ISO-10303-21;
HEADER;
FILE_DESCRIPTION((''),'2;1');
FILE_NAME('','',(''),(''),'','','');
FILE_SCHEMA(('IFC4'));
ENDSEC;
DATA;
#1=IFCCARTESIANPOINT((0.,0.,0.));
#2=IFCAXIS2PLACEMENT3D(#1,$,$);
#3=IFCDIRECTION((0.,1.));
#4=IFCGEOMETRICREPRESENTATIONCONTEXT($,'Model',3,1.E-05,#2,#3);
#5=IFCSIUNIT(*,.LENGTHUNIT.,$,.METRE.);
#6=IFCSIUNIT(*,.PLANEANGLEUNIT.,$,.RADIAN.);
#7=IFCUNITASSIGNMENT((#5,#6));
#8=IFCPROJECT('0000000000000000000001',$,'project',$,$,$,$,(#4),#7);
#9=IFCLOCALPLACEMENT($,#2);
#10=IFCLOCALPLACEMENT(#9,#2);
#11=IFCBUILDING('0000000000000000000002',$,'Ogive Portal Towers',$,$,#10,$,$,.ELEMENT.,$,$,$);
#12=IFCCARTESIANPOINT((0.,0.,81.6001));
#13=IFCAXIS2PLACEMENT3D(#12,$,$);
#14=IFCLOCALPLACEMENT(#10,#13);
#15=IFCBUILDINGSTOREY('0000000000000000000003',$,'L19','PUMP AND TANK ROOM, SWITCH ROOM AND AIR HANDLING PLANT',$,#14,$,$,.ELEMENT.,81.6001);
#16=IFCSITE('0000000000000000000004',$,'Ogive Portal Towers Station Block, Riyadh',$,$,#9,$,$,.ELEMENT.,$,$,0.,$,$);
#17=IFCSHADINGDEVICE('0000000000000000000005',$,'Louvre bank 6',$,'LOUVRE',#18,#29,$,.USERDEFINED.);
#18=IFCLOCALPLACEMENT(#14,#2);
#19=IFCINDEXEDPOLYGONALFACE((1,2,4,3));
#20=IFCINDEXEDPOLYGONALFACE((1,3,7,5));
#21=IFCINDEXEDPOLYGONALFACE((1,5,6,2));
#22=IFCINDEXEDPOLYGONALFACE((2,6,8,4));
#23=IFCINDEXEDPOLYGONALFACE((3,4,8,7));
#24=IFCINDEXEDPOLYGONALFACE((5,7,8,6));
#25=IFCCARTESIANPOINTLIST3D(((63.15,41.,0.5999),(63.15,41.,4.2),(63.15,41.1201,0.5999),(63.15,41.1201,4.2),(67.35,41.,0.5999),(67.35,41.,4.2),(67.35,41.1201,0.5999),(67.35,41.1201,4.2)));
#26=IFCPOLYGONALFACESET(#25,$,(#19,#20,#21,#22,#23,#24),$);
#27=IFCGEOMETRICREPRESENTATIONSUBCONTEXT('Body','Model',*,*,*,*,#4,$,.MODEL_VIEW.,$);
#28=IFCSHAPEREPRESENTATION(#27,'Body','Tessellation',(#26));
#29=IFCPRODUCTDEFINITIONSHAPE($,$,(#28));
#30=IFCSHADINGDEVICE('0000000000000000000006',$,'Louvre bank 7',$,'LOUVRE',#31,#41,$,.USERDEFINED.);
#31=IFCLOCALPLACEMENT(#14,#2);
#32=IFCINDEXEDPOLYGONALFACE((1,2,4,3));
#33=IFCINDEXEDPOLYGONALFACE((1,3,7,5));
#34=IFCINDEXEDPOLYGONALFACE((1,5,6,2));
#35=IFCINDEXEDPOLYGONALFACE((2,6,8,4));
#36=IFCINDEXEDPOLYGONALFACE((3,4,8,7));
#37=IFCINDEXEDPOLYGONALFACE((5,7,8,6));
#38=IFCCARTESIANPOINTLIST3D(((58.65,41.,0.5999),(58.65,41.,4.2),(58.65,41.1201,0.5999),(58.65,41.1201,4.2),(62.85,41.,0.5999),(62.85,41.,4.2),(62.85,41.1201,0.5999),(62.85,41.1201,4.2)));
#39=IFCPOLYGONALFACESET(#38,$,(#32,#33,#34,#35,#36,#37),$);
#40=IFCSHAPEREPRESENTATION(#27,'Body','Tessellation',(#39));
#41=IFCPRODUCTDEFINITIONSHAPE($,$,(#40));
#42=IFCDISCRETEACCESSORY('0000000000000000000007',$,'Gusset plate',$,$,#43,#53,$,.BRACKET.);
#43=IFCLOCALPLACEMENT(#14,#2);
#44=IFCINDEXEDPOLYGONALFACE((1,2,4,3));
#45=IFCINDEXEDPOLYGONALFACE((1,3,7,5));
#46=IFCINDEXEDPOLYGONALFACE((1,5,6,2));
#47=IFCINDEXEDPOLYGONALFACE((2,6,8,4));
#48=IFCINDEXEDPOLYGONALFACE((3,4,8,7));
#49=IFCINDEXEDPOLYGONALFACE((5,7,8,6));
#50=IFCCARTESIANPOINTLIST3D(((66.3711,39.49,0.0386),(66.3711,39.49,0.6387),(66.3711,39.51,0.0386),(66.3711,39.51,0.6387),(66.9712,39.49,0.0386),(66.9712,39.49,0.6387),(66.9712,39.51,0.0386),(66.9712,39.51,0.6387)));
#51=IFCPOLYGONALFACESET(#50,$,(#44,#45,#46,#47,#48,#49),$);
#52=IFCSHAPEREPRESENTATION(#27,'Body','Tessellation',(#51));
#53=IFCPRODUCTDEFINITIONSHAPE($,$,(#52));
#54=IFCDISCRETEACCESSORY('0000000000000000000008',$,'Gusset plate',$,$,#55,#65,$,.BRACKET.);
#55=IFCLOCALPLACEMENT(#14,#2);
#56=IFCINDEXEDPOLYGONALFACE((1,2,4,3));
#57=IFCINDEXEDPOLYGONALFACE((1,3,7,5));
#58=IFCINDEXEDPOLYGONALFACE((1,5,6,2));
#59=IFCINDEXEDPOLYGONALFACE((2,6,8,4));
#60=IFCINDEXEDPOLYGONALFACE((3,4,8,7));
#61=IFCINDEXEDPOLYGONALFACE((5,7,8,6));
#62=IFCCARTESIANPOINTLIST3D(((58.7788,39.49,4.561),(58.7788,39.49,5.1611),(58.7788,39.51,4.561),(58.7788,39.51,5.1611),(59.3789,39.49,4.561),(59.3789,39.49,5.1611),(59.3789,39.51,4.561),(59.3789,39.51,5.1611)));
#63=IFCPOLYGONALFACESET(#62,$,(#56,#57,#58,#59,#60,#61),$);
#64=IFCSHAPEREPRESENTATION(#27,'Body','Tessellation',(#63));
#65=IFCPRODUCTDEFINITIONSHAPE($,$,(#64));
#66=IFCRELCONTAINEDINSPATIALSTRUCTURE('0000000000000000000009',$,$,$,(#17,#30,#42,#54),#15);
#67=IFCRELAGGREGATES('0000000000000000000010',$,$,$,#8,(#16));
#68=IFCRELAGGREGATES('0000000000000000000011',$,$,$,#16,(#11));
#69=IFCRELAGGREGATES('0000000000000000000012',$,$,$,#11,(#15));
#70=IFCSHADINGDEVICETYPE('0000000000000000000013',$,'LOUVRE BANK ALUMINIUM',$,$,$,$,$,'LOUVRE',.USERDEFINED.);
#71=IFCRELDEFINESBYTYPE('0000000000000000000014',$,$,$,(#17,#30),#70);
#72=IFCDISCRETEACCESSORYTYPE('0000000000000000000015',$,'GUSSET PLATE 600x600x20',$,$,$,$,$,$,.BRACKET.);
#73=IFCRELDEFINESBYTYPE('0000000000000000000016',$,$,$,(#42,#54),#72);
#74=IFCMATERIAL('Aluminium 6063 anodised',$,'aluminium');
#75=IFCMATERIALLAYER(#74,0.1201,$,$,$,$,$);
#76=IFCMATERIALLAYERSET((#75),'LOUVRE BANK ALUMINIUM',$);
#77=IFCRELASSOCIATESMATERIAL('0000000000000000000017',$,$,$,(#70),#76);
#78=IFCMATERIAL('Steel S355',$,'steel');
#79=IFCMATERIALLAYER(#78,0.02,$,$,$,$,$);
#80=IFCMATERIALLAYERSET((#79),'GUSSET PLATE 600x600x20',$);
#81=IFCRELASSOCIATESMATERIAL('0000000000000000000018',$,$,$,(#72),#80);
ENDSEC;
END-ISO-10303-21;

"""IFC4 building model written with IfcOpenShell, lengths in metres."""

from ifc_helpers import new_model, si_unit, direction, frame, origin, origin_2d, place, context, subcontext, project, spatial, rectangle, extrude, material, layer, layer_set, type_object, element, save


model = new_model("IFC4")

# Units and contexts
model_context = context("Model", 3, precision=1e-05, world=origin(), true_north=direction((0.0, 1.0)))
body_context = subcontext(model_context, "Body", "Model", "MODEL_VIEW")
ifc_project = project(units=[si_unit("LENGTHUNIT", "METRE"), si_unit("PLANEANGLEUNIT", "RADIAN")], contexts=[model_context])

# Site, building, storey
site_placement = place(None, origin())
site = spatial("IfcSite", under=ifc_project, at=site_placement, Name="Ogive Portal Towers Station Block, Riyadh", CompositionType="ELEMENT", RefElevation=0.0)
building_placement = place(site_placement, origin())
building = spatial("IfcBuilding", under=site, at=building_placement, Name="Ogive Portal Towers", CompositionType="ELEMENT")
storey_placement = place(building_placement, frame((0.0, 0.0, 81.6001)))
storey = spatial("IfcBuildingStorey", under=building, at=storey_placement, Name="L19", Description="PUMP AND TANK ROOM, SWITCH ROOM AND AIR HANDLING PLANT", CompositionType="ELEMENT", Elevation=81.6001)

# Shared definitions
ifc_material_1 = material(Name="Steel S355", Category="steel")

# Shading devices
ifc_material_2 = material(Name="Aluminium 6063 anodised", Category="aluminium")
ifc_layer_1 = layer(ifc_material_2, 0.1201)
ifc_layer_set_1 = layer_set([ifc_layer_1], Name="LOUVRE BANK ALUMINIUM")
shading_device_type = type_object("IfcShadingDeviceType", Name="LOUVRE BANK ALUMINIUM", ElementType="LOUVRE", PredefinedType="USERDEFINED", material=ifc_layer_set_1)
for number, where, z_axis, x_axis, name in (
    (1, (65.25, 41.0601, 0.5999), (0.0, 0.0, 1.0), (-1.0, 0.0, 0.0), "Louvre bank 6"),
    (2, (60.75, 41.0601, 0.5999), (0.0, 0.0, 1.0), (-1.0, 0.0, 0.0), "Louvre bank 7"),
):
    element("IfcShadingDevice", number, at=place(storey_placement, frame(where, z_axis=z_axis, x_axis=x_axis)), inside=storey, type_object=shading_device_type, Name=name, ObjectType="LOUVRE", PredefinedType="USERDEFINED", context=body_context, shape_type="SweptSolid", body=[
        extrude(rectangle(XDim=4.2, YDim=0.1201, at=origin_2d()), origin(), (0.0, 0.0, 1.0), 3.6001),
    ])

# Discrete accessories
ifc_layer_2 = layer(ifc_material_1, 0.02)
ifc_layer_set_2 = layer_set([ifc_layer_2], Name="GUSSET PLATE 600x600x20")
discrete_accessory_type = type_object("IfcDiscreteAccessoryType", Name="GUSSET PLATE 600x600x20", PredefinedType="BRACKET", material=ifc_layer_set_2)
for number, where, z_axis, x_axis, name in (
    (3, (66.6711, 39.5, 0.0386), (0.0, 0.0, 1.0), (-1.0, 0.0, 0.0), "Gusset plate"),
    (4, (59.0789, 39.5, 4.561), (0.0, 0.0, 1.0), (-1.0, 0.0, 0.0), "Gusset plate"),
):
    element("IfcDiscreteAccessory", number, at=place(storey_placement, frame(where, z_axis=z_axis, x_axis=x_axis)), inside=storey, type_object=discrete_accessory_type, Name=name, PredefinedType="BRACKET", context=body_context, shape_type="SweptSolid", body=[
        extrude(rectangle(XDim=0.6001, YDim=0.02, at=origin_2d()), origin(), (0.0, 0.0, 1.0), 0.6001),
    ])

save(model, "model.ifc")
